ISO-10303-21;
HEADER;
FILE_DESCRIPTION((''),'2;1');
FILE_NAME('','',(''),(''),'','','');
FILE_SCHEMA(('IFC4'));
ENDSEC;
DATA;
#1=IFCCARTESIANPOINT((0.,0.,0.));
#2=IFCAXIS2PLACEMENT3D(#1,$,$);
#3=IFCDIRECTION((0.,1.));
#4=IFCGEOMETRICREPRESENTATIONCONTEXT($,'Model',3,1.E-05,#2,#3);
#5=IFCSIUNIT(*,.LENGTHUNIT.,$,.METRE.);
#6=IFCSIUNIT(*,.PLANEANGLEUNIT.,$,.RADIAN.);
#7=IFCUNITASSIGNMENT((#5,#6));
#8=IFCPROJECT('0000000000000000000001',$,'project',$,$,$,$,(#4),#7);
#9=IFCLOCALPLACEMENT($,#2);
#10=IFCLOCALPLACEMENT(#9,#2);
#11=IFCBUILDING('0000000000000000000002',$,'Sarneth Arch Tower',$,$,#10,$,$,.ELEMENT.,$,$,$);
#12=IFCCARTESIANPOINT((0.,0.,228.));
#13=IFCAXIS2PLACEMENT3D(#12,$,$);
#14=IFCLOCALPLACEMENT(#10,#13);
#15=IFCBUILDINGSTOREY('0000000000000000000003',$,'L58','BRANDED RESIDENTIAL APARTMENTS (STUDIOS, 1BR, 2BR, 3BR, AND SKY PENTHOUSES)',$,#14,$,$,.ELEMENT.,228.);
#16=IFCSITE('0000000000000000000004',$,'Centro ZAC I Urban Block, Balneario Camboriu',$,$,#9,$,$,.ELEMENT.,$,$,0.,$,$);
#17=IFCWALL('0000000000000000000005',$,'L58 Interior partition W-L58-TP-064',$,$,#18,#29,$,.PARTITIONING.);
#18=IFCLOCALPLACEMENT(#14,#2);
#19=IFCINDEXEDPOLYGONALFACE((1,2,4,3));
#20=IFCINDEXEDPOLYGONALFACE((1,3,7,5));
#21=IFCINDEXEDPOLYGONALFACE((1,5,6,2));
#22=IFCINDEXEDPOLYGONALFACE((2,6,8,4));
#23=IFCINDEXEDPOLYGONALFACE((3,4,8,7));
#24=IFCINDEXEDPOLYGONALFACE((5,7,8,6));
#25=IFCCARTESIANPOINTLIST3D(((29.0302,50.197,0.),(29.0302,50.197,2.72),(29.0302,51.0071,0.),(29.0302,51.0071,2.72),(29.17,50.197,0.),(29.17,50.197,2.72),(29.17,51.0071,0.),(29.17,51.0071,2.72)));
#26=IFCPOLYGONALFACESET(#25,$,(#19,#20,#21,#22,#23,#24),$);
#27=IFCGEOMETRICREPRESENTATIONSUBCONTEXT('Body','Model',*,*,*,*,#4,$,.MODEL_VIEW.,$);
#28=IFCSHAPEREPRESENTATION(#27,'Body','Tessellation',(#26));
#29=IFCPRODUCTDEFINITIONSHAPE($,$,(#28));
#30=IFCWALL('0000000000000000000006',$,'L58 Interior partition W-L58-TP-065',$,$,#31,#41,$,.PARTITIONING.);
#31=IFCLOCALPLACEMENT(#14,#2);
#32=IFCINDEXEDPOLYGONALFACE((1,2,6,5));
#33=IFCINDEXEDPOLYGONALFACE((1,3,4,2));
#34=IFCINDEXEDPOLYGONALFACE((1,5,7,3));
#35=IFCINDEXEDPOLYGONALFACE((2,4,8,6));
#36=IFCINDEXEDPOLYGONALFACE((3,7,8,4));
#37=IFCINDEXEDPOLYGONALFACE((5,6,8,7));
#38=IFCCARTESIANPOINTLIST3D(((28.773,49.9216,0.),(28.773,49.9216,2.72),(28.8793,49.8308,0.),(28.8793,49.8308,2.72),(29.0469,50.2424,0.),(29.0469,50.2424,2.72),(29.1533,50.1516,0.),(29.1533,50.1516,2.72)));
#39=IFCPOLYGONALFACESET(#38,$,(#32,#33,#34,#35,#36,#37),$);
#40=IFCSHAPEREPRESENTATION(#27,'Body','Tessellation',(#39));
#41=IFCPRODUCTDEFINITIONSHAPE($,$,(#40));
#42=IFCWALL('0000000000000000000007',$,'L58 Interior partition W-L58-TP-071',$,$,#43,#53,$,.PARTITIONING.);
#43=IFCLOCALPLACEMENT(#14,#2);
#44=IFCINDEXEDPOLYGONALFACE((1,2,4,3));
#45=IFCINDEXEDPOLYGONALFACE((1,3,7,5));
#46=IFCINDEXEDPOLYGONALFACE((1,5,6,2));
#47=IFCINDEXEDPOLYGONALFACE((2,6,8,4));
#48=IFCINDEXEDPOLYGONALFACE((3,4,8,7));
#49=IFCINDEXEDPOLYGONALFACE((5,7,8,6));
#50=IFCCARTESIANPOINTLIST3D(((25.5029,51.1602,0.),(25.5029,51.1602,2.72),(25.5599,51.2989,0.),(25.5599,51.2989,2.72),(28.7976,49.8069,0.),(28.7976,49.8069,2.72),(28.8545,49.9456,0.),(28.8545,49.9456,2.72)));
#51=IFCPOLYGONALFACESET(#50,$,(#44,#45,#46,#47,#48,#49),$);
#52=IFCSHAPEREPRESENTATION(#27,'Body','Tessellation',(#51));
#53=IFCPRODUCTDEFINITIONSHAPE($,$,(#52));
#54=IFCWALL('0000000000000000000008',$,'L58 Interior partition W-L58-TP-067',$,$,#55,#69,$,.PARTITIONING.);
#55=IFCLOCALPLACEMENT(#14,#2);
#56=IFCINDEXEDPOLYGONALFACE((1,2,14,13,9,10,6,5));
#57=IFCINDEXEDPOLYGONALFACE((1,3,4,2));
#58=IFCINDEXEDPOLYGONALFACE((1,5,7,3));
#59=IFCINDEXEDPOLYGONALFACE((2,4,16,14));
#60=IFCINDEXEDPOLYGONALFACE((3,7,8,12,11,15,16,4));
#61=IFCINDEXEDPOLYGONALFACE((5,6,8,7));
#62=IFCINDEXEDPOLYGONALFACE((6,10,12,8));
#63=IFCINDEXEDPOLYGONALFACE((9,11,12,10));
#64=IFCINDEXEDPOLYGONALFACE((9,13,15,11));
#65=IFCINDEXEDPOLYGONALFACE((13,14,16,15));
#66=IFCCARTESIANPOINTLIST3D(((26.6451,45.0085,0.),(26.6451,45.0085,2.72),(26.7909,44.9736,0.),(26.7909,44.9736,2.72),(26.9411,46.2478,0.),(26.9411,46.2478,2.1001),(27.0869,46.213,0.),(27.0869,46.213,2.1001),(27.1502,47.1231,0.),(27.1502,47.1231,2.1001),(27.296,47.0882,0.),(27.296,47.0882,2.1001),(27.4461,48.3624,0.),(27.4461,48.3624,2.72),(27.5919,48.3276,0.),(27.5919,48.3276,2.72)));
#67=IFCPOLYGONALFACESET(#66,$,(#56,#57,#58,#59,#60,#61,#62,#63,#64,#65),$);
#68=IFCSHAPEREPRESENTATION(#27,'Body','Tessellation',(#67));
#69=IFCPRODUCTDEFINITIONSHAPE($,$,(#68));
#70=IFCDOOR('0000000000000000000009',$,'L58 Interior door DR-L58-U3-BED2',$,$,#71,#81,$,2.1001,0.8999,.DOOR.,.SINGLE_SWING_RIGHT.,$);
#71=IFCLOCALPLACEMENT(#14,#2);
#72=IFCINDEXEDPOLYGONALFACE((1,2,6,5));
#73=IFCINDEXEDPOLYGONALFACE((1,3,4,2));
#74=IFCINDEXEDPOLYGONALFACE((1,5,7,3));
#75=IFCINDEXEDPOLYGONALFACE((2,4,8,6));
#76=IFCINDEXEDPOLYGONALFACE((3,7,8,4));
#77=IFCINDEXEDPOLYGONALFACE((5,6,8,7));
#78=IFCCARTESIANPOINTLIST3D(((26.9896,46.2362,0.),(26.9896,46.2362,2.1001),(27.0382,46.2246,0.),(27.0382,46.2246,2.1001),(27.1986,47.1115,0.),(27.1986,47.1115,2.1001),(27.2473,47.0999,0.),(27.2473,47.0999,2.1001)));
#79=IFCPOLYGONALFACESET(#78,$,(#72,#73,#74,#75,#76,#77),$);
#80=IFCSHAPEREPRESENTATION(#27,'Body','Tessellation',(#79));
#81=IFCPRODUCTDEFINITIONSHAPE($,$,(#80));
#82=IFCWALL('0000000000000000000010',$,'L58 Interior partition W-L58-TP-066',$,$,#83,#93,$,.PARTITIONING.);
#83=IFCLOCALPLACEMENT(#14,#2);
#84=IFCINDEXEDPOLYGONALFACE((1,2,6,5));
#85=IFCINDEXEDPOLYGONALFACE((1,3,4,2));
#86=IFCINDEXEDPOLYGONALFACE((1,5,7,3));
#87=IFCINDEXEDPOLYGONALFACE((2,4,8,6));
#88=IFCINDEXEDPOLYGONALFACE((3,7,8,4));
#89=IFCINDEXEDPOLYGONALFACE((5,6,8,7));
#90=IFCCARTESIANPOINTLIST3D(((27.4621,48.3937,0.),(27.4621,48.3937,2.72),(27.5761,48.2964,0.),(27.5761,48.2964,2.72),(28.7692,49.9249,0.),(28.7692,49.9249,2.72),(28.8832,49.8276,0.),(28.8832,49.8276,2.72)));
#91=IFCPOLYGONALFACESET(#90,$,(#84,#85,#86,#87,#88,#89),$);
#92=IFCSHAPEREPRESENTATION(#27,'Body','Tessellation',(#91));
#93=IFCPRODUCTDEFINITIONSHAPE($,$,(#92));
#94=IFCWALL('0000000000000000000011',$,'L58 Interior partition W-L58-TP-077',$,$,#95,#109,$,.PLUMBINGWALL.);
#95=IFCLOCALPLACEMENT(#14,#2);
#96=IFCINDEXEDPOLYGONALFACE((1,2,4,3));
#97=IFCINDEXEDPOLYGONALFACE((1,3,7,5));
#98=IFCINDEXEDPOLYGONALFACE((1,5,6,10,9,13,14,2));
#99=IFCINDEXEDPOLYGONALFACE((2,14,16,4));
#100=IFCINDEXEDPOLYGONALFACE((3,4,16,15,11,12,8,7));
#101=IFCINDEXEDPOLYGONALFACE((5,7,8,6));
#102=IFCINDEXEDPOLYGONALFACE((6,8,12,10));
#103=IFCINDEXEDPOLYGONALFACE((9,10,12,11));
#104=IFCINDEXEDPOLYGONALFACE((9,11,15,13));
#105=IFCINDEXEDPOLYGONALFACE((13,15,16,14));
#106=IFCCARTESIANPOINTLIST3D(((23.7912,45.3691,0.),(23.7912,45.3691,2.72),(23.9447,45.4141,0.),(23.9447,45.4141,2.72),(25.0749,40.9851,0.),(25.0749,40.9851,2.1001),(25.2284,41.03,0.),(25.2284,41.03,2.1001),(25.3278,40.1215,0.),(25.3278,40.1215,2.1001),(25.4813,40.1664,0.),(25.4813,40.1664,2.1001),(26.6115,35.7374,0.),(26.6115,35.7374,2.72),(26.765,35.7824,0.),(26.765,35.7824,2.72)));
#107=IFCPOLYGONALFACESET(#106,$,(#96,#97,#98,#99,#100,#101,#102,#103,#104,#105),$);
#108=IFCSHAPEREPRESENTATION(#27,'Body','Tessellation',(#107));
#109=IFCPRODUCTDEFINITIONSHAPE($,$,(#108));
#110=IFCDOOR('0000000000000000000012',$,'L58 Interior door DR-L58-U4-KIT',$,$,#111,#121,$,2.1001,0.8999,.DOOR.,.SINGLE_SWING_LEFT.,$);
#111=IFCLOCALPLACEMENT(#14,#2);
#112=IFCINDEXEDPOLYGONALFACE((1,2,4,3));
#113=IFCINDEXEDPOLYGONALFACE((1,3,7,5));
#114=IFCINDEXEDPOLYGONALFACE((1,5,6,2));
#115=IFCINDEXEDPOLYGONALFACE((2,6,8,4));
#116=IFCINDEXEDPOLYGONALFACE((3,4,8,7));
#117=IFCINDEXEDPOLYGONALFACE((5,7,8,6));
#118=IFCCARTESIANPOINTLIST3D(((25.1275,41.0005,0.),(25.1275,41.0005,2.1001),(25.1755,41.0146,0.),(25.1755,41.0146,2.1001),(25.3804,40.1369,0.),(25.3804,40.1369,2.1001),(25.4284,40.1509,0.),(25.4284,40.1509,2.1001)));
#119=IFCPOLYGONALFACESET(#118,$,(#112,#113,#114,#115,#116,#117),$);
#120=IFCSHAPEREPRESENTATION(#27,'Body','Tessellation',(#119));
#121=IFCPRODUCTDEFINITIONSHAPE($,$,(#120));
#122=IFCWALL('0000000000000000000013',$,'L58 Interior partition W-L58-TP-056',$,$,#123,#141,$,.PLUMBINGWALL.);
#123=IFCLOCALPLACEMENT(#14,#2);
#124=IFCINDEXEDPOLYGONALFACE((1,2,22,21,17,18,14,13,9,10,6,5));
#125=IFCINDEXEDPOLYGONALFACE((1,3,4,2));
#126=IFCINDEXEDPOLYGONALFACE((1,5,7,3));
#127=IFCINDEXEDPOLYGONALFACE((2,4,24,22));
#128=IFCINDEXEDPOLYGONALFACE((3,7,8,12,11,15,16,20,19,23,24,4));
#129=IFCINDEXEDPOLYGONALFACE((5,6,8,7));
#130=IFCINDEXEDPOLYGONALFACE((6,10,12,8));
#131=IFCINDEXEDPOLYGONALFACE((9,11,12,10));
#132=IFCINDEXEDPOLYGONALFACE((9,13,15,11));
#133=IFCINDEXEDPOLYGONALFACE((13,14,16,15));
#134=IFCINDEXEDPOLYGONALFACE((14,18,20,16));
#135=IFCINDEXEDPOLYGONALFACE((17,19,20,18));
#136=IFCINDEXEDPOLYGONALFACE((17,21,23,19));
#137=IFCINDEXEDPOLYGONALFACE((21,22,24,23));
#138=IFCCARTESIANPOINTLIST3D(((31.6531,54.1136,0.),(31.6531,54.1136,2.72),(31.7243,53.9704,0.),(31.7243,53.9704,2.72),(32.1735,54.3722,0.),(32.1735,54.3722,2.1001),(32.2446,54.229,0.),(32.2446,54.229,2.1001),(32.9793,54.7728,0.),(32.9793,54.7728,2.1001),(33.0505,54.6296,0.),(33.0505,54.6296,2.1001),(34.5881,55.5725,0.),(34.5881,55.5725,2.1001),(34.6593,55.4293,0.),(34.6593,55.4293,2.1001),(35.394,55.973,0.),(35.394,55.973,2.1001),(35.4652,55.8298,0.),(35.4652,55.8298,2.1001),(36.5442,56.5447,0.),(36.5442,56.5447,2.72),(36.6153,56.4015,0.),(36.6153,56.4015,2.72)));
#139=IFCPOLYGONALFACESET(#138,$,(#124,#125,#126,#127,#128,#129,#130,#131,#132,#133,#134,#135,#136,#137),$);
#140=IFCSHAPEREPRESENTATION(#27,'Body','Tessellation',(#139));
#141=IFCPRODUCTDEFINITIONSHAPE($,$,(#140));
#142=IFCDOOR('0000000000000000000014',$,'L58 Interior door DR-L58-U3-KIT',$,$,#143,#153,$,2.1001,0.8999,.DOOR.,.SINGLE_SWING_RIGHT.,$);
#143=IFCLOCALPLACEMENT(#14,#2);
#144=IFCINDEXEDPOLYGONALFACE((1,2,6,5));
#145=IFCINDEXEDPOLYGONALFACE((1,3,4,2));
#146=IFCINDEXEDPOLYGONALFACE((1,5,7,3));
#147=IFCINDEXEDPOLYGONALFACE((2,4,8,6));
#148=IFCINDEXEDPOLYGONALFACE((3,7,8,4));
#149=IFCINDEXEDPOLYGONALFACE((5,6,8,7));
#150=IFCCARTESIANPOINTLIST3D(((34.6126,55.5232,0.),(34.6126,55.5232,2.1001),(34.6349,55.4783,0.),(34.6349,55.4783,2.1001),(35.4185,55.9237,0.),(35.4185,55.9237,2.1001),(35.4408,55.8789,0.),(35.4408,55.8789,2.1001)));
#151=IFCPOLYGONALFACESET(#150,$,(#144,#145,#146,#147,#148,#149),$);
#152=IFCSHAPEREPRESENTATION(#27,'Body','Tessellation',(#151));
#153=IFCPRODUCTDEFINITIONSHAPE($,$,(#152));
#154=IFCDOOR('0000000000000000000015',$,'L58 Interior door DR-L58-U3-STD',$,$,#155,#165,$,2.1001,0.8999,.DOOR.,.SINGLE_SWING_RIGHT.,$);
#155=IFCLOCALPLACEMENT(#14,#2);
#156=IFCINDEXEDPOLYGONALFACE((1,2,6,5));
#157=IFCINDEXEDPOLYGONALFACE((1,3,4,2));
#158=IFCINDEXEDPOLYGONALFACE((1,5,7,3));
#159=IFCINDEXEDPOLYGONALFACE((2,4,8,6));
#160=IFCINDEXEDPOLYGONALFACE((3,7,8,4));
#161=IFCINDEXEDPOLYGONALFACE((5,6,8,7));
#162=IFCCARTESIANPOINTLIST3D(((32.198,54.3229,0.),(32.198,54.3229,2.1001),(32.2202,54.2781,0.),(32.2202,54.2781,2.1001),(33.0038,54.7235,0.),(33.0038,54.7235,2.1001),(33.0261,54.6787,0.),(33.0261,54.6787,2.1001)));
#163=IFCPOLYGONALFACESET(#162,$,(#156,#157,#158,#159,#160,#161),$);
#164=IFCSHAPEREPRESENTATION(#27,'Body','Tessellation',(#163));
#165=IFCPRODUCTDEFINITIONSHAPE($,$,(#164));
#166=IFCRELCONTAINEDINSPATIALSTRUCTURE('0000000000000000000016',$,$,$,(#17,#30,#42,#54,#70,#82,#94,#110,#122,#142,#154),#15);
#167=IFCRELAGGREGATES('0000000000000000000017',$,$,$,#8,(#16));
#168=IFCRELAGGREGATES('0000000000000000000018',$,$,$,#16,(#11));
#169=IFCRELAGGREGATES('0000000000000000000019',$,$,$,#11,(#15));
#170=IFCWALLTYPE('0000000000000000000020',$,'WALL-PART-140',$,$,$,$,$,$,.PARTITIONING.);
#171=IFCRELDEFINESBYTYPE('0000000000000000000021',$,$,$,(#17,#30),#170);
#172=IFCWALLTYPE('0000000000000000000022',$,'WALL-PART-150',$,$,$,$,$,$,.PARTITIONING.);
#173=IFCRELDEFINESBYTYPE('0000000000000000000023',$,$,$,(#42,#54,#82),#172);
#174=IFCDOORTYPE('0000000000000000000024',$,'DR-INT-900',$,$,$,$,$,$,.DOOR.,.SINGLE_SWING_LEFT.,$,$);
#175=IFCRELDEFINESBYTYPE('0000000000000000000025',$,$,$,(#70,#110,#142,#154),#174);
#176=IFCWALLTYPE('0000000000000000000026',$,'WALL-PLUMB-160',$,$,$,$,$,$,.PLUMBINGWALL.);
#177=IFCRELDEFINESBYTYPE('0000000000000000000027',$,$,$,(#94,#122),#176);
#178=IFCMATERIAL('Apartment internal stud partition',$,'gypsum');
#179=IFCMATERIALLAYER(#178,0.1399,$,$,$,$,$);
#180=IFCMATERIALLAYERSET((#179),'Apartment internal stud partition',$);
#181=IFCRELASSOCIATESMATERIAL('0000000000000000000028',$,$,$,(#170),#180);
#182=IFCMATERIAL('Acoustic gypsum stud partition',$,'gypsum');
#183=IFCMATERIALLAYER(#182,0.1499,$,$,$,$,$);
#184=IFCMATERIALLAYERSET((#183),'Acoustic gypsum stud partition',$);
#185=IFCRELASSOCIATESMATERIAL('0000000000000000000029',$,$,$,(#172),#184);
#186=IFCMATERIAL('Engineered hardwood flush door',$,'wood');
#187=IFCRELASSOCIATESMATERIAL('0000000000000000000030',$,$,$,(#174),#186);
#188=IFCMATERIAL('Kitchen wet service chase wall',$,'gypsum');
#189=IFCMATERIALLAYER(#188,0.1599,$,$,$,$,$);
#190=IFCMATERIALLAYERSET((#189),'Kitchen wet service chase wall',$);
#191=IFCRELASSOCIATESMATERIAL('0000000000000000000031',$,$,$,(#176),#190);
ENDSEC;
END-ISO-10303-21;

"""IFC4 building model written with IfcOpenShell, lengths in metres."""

from ifc_helpers import new_model, si_unit, direction, frame, frame_2d, origin, place, context, subcontext, project, spatial, rectangle, extrude, material, layer, layer_set, type_object, element, fill, save


model = new_model("IFC4")

# Units and contexts
model_context = context("Model", 3, precision=1e-05, world=origin(), true_north=direction((0.0, 1.0)))
body_context = subcontext(model_context, "Body", "Model", "MODEL_VIEW")
ifc_project = project(units=[si_unit("LENGTHUNIT", "METRE"), si_unit("PLANEANGLEUNIT", "RADIAN")], contexts=[model_context])

# Site, building, storey
site_placement = place(None, origin())
site = spatial("IfcSite", under=ifc_project, at=site_placement, Name="Centro ZAC I Urban Block, Balneario Camboriu", CompositionType="ELEMENT", RefElevation=0.0)
building_placement = place(site_placement, origin())
building = spatial("IfcBuilding", under=site, at=building_placement, Name="Sarneth Arch Tower", CompositionType="ELEMENT")
storey_placement = place(building_placement, frame((0.0, 0.0, 228.0)))
storey = spatial("IfcBuildingStorey", under=building, at=storey_placement, Name="L58", Description="BRANDED RESIDENTIAL APARTMENTS (STUDIOS, 1BR, 2BR, 3BR, AND SKY PENTHOUSES)", CompositionType="ELEMENT", Elevation=228.0)

# Walls
ifc_material_1 = material(Name="Apartment internal stud partition", Category="gypsum")
ifc_layer_1 = layer(ifc_material_1, 0.1399)
ifc_layer_set_1 = layer_set([ifc_layer_1], Name="Apartment internal stud partition")
wall_type_1 = type_object("IfcWallType", Name="WALL-PART-140", PredefinedType="PARTITIONING", material=ifc_layer_set_1)
wall_1_placement = place(storey_placement, frame((29.1001, 51.0071, 0.0), z_axis=(0.0, 0.0, 1.0), x_axis=(0.0, -1.0, 0.0)))
element("IfcWall", 1, at=wall_1_placement, inside=storey, type_object=wall_type_1, Name="L58 Interior partition W-L58-TP-064", PredefinedType="PARTITIONING", context=body_context, shape_type="SweptSolid", body=[
    extrude(rectangle(XDim=0.8101, YDim=0.1399, at=frame_2d((0.405, 0.0))), origin(), (0.0, 0.0, 1.0), 2.72),
])
wall_2_placement = place(storey_placement, frame((29.1001, 50.197, 0.0), z_axis=(0.0, 0.0, 1.0), x_axis=(-0.64936, -0.760481, 0.0)))
element("IfcWall", 2, at=wall_2_placement, inside=storey, type_object=wall_type_1, Name="L58 Interior partition W-L58-TP-065", PredefinedType="PARTITIONING", context=body_context, shape_type="SweptSolid", body=[
    extrude(rectangle(XDim=0.4219, YDim=0.1399, at=frame_2d((0.2109, 0.0))), origin(), (0.0, 0.0, 1.0), 2.72),
])
ifc_material_2 = material(Name="Acoustic gypsum stud partition", Category="gypsum")
ifc_layer_2 = layer(ifc_material_2, 0.1499)
ifc_layer_set_2 = layer_set([ifc_layer_2], Name="Acoustic gypsum stud partition")
wall_type_2 = type_object("IfcWallType", Name="WALL-PART-150", PredefinedType="PARTITIONING", material=ifc_layer_set_2)
wall_3_placement = place(storey_placement, frame((25.5315, 51.2295, 0.0), z_axis=(0.0, 0.0, 1.0), x_axis=(0.92501, -0.379943, 0.0)))
element("IfcWall", 3, at=wall_3_placement, inside=storey, type_object=wall_type_2, Name="L58 Interior partition W-L58-TP-071", PredefinedType="PARTITIONING", context=body_context, shape_type="SweptSolid", body=[
    extrude(rectangle(XDim=3.5618, YDim=0.1499, at=frame_2d((1.7808, 0.0))), origin(), (0.0, 0.0, 1.0), 2.72),
])

# Wall, opening, door
wall_4_placement = place(storey_placement, frame((27.519, 48.345, 0.0), z_axis=(0.0, 0.0, 1.0), x_axis=(-0.232294, -0.972646, 0.0)))
wall_4 = element("IfcWall", 4, at=wall_4_placement, inside=storey, type_object=wall_type_2, Name="L58 Interior partition W-L58-TP-067", PredefinedType="PARTITIONING", context=body_context, shape_type="SweptSolid", body=[
    extrude(rectangle(XDim=3.4482, YDim=0.1499, at=frame_2d((1.7241, 0.0))), origin(), (0.0, 0.0, 1.0), 2.72),
])
opening_1_placement = place(wall_4_placement, frame((1.2742, 0.0, 0.0)))
opening_1 = element("IfcOpeningElement", 5, at=opening_1_placement, cuts=wall_4, PredefinedType="OPENING", context=body_context, shape_type="SweptSolid", body=[
    extrude(rectangle(XDim=0.8999, YDim=2.1001, at=frame_2d((0.45, 1.05))), frame((0.0, 0.085, 0.0), z_axis=(0.0, -1.0, 0.0), x_axis=(1.0, 0.0, 0.0)), (0.0, 0.0, 1.0), 0.1699),
])
ifc_material_3 = material(Name="Engineered hardwood flush door", Category="wood")
door_type_1 = type_object("IfcDoorType", Name="DR-INT-900", OperationType="SINGLE_SWING_LEFT", PredefinedType="DOOR", material=ifc_material_3)
door_1_placement = place(opening_1_placement, origin())
door_1 = element("IfcDoor", 6, at=door_1_placement, inside=storey, type_object=door_type_1, Name="L58 Interior door DR-L58-U3-BED2", OperationType="SINGLE_SWING_RIGHT", OverallHeight=2.1001, OverallWidth=0.8999, PredefinedType="DOOR", context=body_context, shape_type="SweptSolid", body=[
    extrude(rectangle(XDim=0.8999, YDim=2.1001, at=frame_2d((0.45, 1.05))), frame((0.0, 0.0249, 0.0), z_axis=(0.0, -1.0, 0.0), x_axis=(1.0, 0.0, 0.0)), (0.0, 0.0, 1.0), 0.05),
])
fill(opening_1, door_1)

# Wall
wall_5_placement = place(storey_placement, frame((28.8262, 49.8762, 0.0), z_axis=(0.0, 0.0, 1.0), x_axis=(-0.649252, -0.760573, 0.0)))
element("IfcWall", 7, at=wall_5_placement, inside=storey, type_object=wall_type_2, Name="L58 Interior partition W-L58-TP-066", PredefinedType="PARTITIONING", context=body_context, shape_type="SweptSolid", body=[
    extrude(rectangle(XDim=2.0132, YDim=0.1499, at=frame_2d((1.0066, 0.0))), origin(), (0.0, 0.0, 1.0), 2.72),
])

# Wall, opening, door
ifc_material_4 = material(Name="Kitchen wet service chase wall", Category="gypsum")
ifc_layer_3 = layer(ifc_material_4, 0.1599)
ifc_layer_set_3 = layer_set([ifc_layer_3], Name="Kitchen wet service chase wall")
wall_type_3 = type_object("IfcWallType", Name="WALL-PLUMB-160", PredefinedType="PLUMBINGWALL", material=ifc_layer_set_3)
wall_6_placement = place(storey_placement, frame((23.8679, 45.3916, 0.0), z_axis=(0.0, 0.0, 1.0), x_axis=(0.281019, -0.959702, 0.0)))
wall_6 = element("IfcWall", 8, at=wall_6_placement, inside=storey, type_object=wall_type_3, Name="L58 Interior partition W-L58-TP-077", PredefinedType="PLUMBINGWALL", context=body_context, shape_type="SweptSolid", body=[
    extrude(rectangle(XDim=10.0361, YDim=0.1599, at=frame_2d((5.0181, 0.0))), origin(), (0.0, 0.0, 1.0), 2.72),
])
opening_2_placement = place(wall_6_placement, frame((4.5681, 0.0, 0.0)))
opening_2 = element("IfcOpeningElement", 9, at=opening_2_placement, cuts=wall_6, PredefinedType="OPENING", context=body_context, shape_type="SweptSolid", body=[
    extrude(rectangle(XDim=0.8999, YDim=2.1001, at=frame_2d((0.45, 1.05))), frame((0.0, 0.0898, 0.0), z_axis=(0.0, -1.0, 0.0), x_axis=(1.0, 0.0, 0.0)), (0.0, 0.0, 1.0), 0.1799),
])
door_2_placement = place(opening_2_placement, origin())
door_2 = element("IfcDoor", 10, at=door_2_placement, inside=storey, type_object=door_type_1, Name="L58 Interior door DR-L58-U4-KIT", OperationType="SINGLE_SWING_LEFT", OverallHeight=2.1001, OverallWidth=0.8999, PredefinedType="DOOR", context=body_context, shape_type="SweptSolid", body=[
    extrude(rectangle(XDim=0.8999, YDim=2.1001, at=frame_2d((0.45, 1.05))), frame((0.0, 0.0249, 0.0), z_axis=(0.0, -1.0, 0.0), x_axis=(1.0, 0.0, 0.0)), (0.0, 0.0, 1.0), 0.05),
])
fill(opening_2, door_2)

# Wall, openings, doors
wall_7_placement = place(storey_placement, frame((31.6887, 54.042, 0.0), z_axis=(0.0, 0.0, 1.0), x_axis=(0.89548, 0.445103, 0.0)))
wall_7 = element("IfcWall", 11, at=wall_7_placement, inside=storey, type_object=wall_type_3, Name="L58 Interior partition W-L58-TP-056", PredefinedType="PLUMBINGWALL", context=body_context, shape_type="SweptSolid", body=[
    extrude(rectangle(XDim=5.4619, YDim=0.1599, at=frame_2d((2.731, 0.0))), origin(), (0.0, 0.0, 1.0), 2.72),
])
opening_3_placement = place(wall_7_placement, frame((3.2776, 0.0, 0.0)))
opening_3 = element("IfcOpeningElement", 12, at=opening_3_placement, cuts=wall_7, PredefinedType="OPENING", context=body_context, shape_type="SweptSolid", body=[
    extrude(rectangle(XDim=0.8999, YDim=2.1001, at=frame_2d((0.45, 1.05))), frame((0.0, 0.0898, 0.0), z_axis=(0.0, -1.0, 0.0), x_axis=(1.0, 0.0, 0.0)), (0.0, 0.0, 1.0), 0.1799),
])
opening_4_placement = place(wall_7_placement, frame((0.5811, 0.0, 0.0)))
opening_4 = element("IfcOpeningElement", 13, at=opening_4_placement, cuts=wall_7, PredefinedType="OPENING", context=body_context, shape_type="SweptSolid", body=[
    extrude(rectangle(XDim=0.8999, YDim=2.1001, at=frame_2d((0.45, 1.05))), frame((0.0, 0.0898, 0.0), z_axis=(0.0, -1.0, 0.0), x_axis=(1.0, 0.0, 0.0)), (0.0, 0.0, 1.0), 0.1799),
])
door_3_placement = place(opening_3_placement, origin())
door_3 = element("IfcDoor", 14, at=door_3_placement, inside=storey, type_object=door_type_1, Name="L58 Interior door DR-L58-U3-KIT", OperationType="SINGLE_SWING_RIGHT", OverallHeight=2.1001, OverallWidth=0.8999, PredefinedType="DOOR", context=body_context, shape_type="SweptSolid", body=[
    extrude(rectangle(XDim=0.8999, YDim=2.1001, at=frame_2d((0.45, 1.05))), frame((0.0, 0.0249, 0.0), z_axis=(0.0, -1.0, 0.0), x_axis=(1.0, 0.0, 0.0)), (0.0, 0.0, 1.0), 0.05),
])
fill(opening_3, door_3)
door_4_placement = place(opening_4_placement, origin())
door_4 = element("IfcDoor", 15, at=door_4_placement, inside=storey, type_object=door_type_1, Name="L58 Interior door DR-L58-U3-STD", OperationType="SINGLE_SWING_RIGHT", OverallHeight=2.1001, OverallWidth=0.8999, PredefinedType="DOOR", context=body_context, shape_type="SweptSolid", body=[
    extrude(rectangle(XDim=0.8999, YDim=2.1001, at=frame_2d((0.45, 1.05))), frame((0.0, 0.0249, 0.0), z_axis=(0.0, -1.0, 0.0), x_axis=(1.0, 0.0, 0.0)), (0.0, 0.0, 1.0), 0.05),
])
fill(opening_4, door_4)

save(model, "model.ifc")
